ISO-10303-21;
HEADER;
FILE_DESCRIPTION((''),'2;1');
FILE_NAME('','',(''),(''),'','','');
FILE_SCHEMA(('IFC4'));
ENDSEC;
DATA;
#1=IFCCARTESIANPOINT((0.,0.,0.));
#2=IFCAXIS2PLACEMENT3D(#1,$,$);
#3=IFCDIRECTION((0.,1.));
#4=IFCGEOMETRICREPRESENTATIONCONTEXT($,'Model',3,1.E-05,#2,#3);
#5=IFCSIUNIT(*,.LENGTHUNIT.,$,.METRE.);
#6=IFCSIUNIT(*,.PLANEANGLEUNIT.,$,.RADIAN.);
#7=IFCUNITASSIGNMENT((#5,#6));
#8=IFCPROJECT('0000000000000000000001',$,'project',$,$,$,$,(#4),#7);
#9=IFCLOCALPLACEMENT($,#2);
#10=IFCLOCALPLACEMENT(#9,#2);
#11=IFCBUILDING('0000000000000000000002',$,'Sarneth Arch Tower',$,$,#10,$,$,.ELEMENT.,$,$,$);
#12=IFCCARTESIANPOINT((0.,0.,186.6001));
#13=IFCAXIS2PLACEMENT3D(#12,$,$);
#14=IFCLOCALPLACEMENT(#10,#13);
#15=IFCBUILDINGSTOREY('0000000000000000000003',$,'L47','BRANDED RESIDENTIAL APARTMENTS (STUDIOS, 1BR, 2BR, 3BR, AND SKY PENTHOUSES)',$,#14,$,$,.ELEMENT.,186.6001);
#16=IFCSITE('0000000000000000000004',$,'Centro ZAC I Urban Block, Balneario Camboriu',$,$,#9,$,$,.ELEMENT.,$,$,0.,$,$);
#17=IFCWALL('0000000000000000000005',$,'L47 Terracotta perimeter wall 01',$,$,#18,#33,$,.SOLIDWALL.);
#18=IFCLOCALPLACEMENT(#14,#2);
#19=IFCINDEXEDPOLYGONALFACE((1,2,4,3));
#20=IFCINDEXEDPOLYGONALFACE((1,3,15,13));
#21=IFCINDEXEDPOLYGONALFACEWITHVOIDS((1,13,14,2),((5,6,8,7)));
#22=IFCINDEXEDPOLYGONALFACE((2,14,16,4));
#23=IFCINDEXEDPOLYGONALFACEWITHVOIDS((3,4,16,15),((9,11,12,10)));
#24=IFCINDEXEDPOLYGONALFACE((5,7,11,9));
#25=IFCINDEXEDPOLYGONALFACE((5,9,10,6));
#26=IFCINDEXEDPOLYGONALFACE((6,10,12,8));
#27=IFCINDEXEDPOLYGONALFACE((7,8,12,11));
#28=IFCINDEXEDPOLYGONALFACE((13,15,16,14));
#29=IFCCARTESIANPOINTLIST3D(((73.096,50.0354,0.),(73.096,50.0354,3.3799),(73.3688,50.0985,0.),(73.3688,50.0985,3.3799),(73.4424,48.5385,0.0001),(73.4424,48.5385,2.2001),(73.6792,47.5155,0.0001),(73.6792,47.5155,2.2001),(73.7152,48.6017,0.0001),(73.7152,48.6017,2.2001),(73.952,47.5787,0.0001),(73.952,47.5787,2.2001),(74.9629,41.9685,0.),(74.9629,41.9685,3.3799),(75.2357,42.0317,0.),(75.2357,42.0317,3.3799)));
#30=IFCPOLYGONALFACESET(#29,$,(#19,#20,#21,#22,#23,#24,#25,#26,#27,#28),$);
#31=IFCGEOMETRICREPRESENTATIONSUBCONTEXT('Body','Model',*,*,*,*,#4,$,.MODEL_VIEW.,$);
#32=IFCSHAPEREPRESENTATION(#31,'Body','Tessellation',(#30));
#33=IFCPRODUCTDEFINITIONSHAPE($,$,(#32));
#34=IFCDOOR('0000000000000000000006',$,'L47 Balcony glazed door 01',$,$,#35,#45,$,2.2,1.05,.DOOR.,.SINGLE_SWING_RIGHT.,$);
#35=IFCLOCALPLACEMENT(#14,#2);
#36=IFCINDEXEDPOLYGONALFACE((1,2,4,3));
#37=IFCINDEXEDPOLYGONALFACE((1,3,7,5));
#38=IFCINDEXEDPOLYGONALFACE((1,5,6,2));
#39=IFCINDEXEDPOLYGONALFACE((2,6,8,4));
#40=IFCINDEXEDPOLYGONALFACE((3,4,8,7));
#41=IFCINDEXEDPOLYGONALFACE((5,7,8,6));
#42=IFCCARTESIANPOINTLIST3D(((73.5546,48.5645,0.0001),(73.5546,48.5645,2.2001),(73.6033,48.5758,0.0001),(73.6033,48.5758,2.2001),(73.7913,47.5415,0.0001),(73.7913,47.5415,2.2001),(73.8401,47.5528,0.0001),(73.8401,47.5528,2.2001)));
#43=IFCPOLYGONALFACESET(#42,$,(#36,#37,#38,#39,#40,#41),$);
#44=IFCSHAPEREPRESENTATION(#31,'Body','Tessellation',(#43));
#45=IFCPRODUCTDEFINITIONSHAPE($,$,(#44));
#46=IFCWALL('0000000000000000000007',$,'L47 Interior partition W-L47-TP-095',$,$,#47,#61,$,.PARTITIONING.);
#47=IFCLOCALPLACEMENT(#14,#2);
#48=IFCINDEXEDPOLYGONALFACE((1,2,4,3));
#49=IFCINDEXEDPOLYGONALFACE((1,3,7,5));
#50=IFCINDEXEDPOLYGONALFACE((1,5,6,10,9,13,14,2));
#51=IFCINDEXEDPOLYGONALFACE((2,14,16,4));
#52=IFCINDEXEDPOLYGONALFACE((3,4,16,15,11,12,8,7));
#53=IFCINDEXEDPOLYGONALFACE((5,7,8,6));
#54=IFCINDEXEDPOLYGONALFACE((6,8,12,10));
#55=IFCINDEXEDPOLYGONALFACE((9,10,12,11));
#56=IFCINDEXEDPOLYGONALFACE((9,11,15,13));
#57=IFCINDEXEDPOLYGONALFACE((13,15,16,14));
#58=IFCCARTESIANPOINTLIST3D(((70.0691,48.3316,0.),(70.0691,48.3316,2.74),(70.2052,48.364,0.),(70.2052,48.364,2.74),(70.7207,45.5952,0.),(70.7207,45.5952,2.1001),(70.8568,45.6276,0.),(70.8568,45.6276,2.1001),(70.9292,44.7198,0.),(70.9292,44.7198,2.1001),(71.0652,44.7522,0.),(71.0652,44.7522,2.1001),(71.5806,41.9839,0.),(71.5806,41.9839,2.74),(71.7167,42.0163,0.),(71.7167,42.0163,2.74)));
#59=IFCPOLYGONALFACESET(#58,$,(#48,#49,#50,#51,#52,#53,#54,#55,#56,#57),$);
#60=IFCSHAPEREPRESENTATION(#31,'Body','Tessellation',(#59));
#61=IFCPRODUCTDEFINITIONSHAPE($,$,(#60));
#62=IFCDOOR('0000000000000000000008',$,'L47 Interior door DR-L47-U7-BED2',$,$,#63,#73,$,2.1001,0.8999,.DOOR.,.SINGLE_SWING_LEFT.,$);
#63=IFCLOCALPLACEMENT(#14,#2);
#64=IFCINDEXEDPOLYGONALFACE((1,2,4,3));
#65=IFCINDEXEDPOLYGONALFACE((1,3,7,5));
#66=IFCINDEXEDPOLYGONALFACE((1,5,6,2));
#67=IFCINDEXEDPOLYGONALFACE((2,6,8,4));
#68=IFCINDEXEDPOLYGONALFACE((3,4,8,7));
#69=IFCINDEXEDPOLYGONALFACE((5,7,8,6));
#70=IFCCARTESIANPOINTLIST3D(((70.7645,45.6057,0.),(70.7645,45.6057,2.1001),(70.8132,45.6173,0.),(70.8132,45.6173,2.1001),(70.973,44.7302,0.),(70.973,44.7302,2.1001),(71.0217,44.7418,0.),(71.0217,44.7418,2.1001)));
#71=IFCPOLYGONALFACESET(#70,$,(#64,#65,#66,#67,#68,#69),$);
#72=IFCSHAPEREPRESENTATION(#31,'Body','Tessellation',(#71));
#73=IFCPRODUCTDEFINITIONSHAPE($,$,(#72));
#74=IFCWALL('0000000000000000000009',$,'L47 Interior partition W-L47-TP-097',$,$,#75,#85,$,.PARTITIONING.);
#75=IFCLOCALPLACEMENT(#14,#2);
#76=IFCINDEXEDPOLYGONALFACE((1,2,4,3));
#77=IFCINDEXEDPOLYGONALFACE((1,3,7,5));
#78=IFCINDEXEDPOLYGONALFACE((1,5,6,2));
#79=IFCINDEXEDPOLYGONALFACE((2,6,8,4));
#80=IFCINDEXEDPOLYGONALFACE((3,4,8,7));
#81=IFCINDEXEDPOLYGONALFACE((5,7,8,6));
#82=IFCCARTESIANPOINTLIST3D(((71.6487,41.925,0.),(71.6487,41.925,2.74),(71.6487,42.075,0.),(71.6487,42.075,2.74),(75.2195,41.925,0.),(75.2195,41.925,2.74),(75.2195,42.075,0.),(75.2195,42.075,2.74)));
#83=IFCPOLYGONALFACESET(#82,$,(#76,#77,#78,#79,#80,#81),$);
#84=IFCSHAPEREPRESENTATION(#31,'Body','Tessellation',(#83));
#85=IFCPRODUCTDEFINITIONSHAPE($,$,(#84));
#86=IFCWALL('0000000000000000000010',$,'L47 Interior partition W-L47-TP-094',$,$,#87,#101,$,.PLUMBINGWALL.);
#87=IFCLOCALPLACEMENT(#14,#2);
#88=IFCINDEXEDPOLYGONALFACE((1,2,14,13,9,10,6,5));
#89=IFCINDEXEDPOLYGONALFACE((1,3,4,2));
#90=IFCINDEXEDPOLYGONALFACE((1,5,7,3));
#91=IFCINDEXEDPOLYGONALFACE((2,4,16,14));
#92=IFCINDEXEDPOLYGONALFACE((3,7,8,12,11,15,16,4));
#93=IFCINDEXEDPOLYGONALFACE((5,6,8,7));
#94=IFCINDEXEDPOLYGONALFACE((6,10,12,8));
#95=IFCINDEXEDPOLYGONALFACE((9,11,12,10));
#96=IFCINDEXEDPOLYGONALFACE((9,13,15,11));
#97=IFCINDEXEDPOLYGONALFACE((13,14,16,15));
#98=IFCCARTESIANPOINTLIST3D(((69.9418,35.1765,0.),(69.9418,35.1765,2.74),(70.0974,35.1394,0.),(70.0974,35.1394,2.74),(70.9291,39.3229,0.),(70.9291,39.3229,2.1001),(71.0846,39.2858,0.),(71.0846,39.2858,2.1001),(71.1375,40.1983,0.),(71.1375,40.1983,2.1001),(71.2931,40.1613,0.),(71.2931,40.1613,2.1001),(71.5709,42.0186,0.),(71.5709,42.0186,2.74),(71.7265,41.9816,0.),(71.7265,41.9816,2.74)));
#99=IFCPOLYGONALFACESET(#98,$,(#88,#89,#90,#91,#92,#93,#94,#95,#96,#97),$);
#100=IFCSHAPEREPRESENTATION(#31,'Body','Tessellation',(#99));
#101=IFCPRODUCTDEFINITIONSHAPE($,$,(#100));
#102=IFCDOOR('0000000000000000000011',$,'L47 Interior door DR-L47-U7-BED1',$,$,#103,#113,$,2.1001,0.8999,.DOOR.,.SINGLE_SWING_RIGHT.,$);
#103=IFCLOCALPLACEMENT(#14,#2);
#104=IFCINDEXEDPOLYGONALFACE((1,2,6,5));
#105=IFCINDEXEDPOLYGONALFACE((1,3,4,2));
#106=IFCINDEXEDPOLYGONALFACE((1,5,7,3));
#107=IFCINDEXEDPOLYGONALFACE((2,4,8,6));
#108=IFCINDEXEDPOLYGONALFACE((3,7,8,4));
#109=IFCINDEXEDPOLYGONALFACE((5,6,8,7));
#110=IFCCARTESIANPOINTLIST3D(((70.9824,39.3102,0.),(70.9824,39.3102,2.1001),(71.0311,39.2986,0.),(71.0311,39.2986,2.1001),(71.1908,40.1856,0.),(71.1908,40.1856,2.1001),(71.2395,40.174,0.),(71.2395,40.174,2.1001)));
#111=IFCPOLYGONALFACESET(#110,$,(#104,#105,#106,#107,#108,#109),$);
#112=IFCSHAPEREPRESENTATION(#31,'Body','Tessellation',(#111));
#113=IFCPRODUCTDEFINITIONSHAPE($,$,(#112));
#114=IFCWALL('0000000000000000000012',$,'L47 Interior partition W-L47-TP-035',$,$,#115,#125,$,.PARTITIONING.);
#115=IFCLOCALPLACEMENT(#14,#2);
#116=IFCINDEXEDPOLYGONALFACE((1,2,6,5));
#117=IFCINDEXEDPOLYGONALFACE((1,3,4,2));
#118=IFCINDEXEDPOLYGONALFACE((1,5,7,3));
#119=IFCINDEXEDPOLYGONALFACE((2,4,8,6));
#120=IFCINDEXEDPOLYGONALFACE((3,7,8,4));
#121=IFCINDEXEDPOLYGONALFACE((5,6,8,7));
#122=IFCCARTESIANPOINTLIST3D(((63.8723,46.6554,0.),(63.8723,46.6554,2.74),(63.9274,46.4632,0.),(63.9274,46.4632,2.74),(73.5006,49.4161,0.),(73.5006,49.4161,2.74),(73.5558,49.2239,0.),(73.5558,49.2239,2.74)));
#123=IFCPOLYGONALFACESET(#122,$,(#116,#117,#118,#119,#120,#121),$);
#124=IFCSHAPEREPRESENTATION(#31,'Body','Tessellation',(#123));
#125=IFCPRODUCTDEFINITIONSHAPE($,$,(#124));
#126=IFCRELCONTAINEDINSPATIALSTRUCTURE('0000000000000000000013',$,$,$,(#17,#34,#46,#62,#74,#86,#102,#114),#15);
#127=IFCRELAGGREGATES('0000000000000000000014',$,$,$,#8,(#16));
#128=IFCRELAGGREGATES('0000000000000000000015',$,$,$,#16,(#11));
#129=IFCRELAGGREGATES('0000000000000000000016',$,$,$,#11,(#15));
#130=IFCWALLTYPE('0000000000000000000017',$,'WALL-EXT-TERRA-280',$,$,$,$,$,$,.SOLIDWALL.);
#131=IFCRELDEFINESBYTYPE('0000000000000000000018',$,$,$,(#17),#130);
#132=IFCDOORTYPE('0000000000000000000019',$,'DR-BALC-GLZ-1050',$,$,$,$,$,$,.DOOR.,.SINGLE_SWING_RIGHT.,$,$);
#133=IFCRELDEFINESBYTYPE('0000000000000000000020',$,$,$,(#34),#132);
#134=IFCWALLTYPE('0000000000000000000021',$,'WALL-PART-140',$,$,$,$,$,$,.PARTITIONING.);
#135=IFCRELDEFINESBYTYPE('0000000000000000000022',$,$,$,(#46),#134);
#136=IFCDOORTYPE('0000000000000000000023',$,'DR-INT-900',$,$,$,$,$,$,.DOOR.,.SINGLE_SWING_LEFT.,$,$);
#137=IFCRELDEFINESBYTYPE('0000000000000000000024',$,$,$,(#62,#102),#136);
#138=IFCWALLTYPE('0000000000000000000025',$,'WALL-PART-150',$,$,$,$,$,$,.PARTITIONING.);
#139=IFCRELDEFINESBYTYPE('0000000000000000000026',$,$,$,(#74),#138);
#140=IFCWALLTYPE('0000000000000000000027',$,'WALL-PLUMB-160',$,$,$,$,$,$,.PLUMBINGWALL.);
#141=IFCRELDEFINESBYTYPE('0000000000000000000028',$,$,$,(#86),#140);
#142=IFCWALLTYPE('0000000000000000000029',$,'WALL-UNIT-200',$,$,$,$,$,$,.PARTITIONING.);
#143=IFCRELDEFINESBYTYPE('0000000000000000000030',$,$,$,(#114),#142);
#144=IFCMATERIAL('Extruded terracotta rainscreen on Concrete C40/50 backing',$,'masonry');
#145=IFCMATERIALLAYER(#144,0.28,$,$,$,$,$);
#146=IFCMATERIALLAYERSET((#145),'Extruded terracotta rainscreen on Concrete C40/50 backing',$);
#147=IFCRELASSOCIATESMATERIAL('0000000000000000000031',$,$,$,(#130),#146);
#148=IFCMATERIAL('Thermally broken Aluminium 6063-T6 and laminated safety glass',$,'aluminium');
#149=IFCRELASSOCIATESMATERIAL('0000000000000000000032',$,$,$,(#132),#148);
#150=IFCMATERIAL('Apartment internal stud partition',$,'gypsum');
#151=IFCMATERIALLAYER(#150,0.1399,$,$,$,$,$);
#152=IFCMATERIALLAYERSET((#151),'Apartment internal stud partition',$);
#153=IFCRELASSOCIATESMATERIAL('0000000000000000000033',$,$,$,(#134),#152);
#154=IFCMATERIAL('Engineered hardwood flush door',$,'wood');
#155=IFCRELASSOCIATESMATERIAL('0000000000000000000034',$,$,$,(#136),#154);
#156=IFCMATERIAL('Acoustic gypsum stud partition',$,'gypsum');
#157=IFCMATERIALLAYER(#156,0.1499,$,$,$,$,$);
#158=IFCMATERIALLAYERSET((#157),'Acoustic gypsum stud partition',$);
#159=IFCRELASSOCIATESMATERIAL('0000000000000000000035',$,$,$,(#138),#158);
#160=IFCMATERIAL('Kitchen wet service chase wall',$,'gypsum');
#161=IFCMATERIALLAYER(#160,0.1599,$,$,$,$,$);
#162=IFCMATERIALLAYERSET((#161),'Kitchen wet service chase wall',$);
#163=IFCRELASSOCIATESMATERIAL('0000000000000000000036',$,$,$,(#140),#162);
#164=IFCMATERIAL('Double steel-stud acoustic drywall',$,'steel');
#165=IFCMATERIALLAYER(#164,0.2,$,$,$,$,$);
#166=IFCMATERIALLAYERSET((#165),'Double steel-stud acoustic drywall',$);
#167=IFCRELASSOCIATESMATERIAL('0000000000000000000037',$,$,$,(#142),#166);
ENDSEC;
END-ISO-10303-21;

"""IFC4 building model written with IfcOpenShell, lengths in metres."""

from ifc_helpers import new_model, si_unit, direction, frame, frame_2d, origin, place, context, subcontext, project, spatial, rectangle, extrude, material, layer, layer_set, type_object, element, fill, save


model = new_model("IFC4")

# Units and contexts
model_context = context("Model", 3, precision=1e-05, world=origin(), true_north=direction((0.0, 1.0)))
body_context = subcontext(model_context, "Body", "Model", "MODEL_VIEW")
ifc_project = project(units=[si_unit("LENGTHUNIT", "METRE"), si_unit("PLANEANGLEUNIT", "RADIAN")], contexts=[model_context])

# Site, building, storey
site_placement = place(None, origin())
site = spatial("IfcSite", under=ifc_project, at=site_placement, Name="Centro ZAC I Urban Block, Balneario Camboriu", CompositionType="ELEMENT", RefElevation=0.0)
building_placement = place(site_placement, origin())
building = spatial("IfcBuilding", under=site, at=building_placement, Name="Sarneth Arch Tower", CompositionType="ELEMENT")
storey_placement = place(building_placement, frame((0.0, 0.0, 186.6001)))
storey = spatial("IfcBuildingStorey", under=building, at=storey_placement, Name="L47", Description="BRANDED RESIDENTIAL APARTMENTS (STUDIOS, 1BR, 2BR, 3BR, AND SKY PENTHOUSES)", CompositionType="ELEMENT", Elevation=186.6001)

# Walls, openings, doors
ifc_material_1 = material(Name="Extruded terracotta rainscreen on Concrete C40/50 backing", Category="masonry")
ifc_layer_1 = layer(ifc_material_1, 0.28)
ifc_layer_set_1 = layer_set([ifc_layer_1], Name="Extruded terracotta rainscreen on Concrete C40/50 backing")
wall_type_1 = type_object("IfcWallType", Name="WALL-EXT-TERRA-280", PredefinedType="SOLIDWALL", material=ifc_layer_set_1)
wall_1_placement = place(storey_placement, frame((75.0994, 42.0, 0.0), z_axis=(0.0, 0.0, 1.0), x_axis=(-0.225473, 0.974249, 0.0)))
wall_1 = element("IfcWall", 1, at=wall_1_placement, inside=storey, type_object=wall_type_1, Name="L47 Terracotta perimeter wall 01", PredefinedType="SOLIDWALL", context=body_context, shape_type="SweptSolid", body=[
    extrude(rectangle(XDim=8.28, YDim=0.28, at=frame_2d((4.1401, 0.0))), origin(), (0.0, 0.0, 1.0), 3.3799),
])
opening_1_placement = place(wall_1_placement, frame((5.6938, 0.0, 0.0)))
opening_1 = element("IfcOpeningElement", 2, at=opening_1_placement, cuts=wall_1, PredefinedType="OPENING", context=body_context, shape_type="SweptSolid", body=[
    extrude(rectangle(XDim=1.05, YDim=2.2, at=frame_2d((0.5249, 1.1001))), frame((0.0, 0.1499, 0.0), z_axis=(0.0, -1.0, 0.0), x_axis=(1.0, 0.0, 0.0)), (0.0, 0.0, 1.0), 0.3),
])
ifc_material_2 = material(Name="Thermally broken Aluminium 6063-T6 and laminated safety glass", Category="aluminium")
door_type_1 = type_object("IfcDoorType", Name="DR-BALC-GLZ-1050", OperationType="SINGLE_SWING_RIGHT", PredefinedType="DOOR", material=ifc_material_2)
door_1_placement = place(opening_1_placement, origin())
door_1 = element("IfcDoor", 3, at=door_1_placement, inside=storey, type_object=door_type_1, Name="L47 Balcony glazed door 01", OperationType="SINGLE_SWING_RIGHT", OverallHeight=2.2, OverallWidth=1.05, PredefinedType="DOOR", context=body_context, shape_type="SweptSolid", body=[
    extrude(rectangle(XDim=1.05, YDim=2.2, at=frame_2d((0.5249, 1.1001))), frame((0.0, 0.0249, 0.0), z_axis=(0.0, -1.0, 0.0), x_axis=(1.0, 0.0, 0.0)), (0.0, 0.0, 1.0), 0.05),
])
fill(opening_1, door_1)
ifc_material_3 = material(Name="Apartment internal stud partition", Category="gypsum")
ifc_layer_2 = layer(ifc_material_3, 0.1399)
ifc_layer_set_2 = layer_set([ifc_layer_2], Name="Apartment internal stud partition")
wall_type_2 = type_object("IfcWallType", Name="WALL-PART-140", PredefinedType="PARTITIONING", material=ifc_layer_set_2)
wall_2_placement = place(storey_placement, frame((71.6487, 42.0, 0.0), z_axis=(0.0, 0.0, 1.0), x_axis=(-0.231639, 0.972802, 0.0)))
wall_2 = element("IfcWall", 4, at=wall_2_placement, inside=storey, type_object=wall_type_2, Name="L47 Interior partition W-L47-TP-095", PredefinedType="PARTITIONING", context=body_context, shape_type="SweptSolid", body=[
    extrude(rectangle(XDim=6.5251, YDim=0.1399, at=frame_2d((3.2627, 0.0))), origin(), (0.0, 0.0, 1.0), 2.74),
])
opening_2_placement = place(wall_2_placement, frame((2.8125, 0.0, 0.0)))
opening_2 = element("IfcOpeningElement", 5, at=opening_2_placement, cuts=wall_2, PredefinedType="OPENING", context=body_context, shape_type="SweptSolid", body=[
    extrude(rectangle(XDim=0.8999, YDim=2.1001, at=frame_2d((0.45, 1.05))), frame((0.0, 0.0798, 0.0), z_axis=(0.0, -1.0, 0.0), x_axis=(1.0, 0.0, 0.0)), (0.0, 0.0, 1.0), 0.1599),
])
ifc_material_4 = material(Name="Engineered hardwood flush door", Category="wood")
door_type_2 = type_object("IfcDoorType", Name="DR-INT-900", OperationType="SINGLE_SWING_LEFT", PredefinedType="DOOR", material=ifc_material_4)
door_2_placement = place(opening_2_placement, origin())
door_2 = element("IfcDoor", 6, at=door_2_placement, inside=storey, type_object=door_type_2, Name="L47 Interior door DR-L47-U7-BED2", OperationType="SINGLE_SWING_LEFT", OverallHeight=2.1001, OverallWidth=0.8999, PredefinedType="DOOR", context=body_context, shape_type="SweptSolid", body=[
    extrude(rectangle(XDim=0.8999, YDim=2.1001, at=frame_2d((0.45, 1.05))), frame((0.0, 0.0249, 0.0), z_axis=(0.0, -1.0, 0.0), x_axis=(1.0, 0.0, 0.0)), (0.0, 0.0, 1.0), 0.05),
])
fill(opening_2, door_2)

# Wall
ifc_material_5 = material(Name="Acoustic gypsum stud partition", Category="gypsum")
ifc_layer_3 = layer(ifc_material_5, 0.1499)
ifc_layer_set_3 = layer_set([ifc_layer_3], Name="Acoustic gypsum stud partition")
wall_type_3 = type_object("IfcWallType", Name="WALL-PART-150", PredefinedType="PARTITIONING", material=ifc_layer_set_3)
wall_3_placement = place(storey_placement, frame((75.2195, 42.0, 0.0), z_axis=(0.0, 0.0, 1.0), x_axis=(-1.0, 0.0, 0.0)))
element("IfcWall", 7, at=wall_3_placement, inside=storey, type_object=wall_type_3, Name="L47 Interior partition W-L47-TP-097", PredefinedType="PARTITIONING", context=body_context, shape_type="SweptSolid", body=[
    extrude(rectangle(XDim=3.5708, YDim=0.1499, at=frame_2d((1.7854, 0.0))), origin(), (0.0, 0.0, 1.0), 2.74),
])

# Wall, opening, door
ifc_material_6 = material(Name="Kitchen wet service chase wall", Category="gypsum")
ifc_layer_4 = layer(ifc_material_6, 0.1599)
ifc_layer_set_4 = layer_set([ifc_layer_4], Name="Kitchen wet service chase wall")
wall_type_4 = type_object("IfcWallType", Name="WALL-PLUMB-160", PredefinedType="PLUMBINGWALL", material=ifc_layer_set_4)
wall_4_placement = place(storey_placement, frame((71.6487, 42.0, 0.0), z_axis=(0.0, 0.0, 1.0), x_axis=(-0.231625, -0.972805, 0.0)))
wall_4 = element("IfcWall", 8, at=wall_4_placement, inside=storey, type_object=wall_type_4, Name="L47 Interior partition W-L47-TP-094", PredefinedType="PLUMBINGWALL", context=body_context, shape_type="SweptSolid", body=[
    extrude(rectangle(XDim=7.0334, YDim=0.1599, at=frame_2d((3.5166, 0.0))), origin(), (0.0, 0.0, 1.0), 2.74),
])
opening_3_placement = place(wall_4_placement, frame((1.8711, 0.0, 0.0)))
opening_3 = element("IfcOpeningElement", 9, at=opening_3_placement, cuts=wall_4, PredefinedType="OPENING", context=body_context, shape_type="SweptSolid", body=[
    extrude(rectangle(XDim=0.8999, YDim=2.1001, at=frame_2d((0.45, 1.05))), frame((0.0, 0.0898, 0.0), z_axis=(0.0, -1.0, 0.0), x_axis=(1.0, 0.0, 0.0)), (0.0, 0.0, 1.0), 0.1799),
])
door_3_placement = place(opening_3_placement, origin())
door_3 = element("IfcDoor", 10, at=door_3_placement, inside=storey, type_object=door_type_2, Name="L47 Interior door DR-L47-U7-BED1", OperationType="SINGLE_SWING_RIGHT", OverallHeight=2.1001, OverallWidth=0.8999, PredefinedType="DOOR", context=body_context, shape_type="SweptSolid", body=[
    extrude(rectangle(XDim=0.8999, YDim=2.1001, at=frame_2d((0.45, 1.05))), frame((0.0, 0.0249, 0.0), z_axis=(0.0, -1.0, 0.0), x_axis=(1.0, 0.0, 0.0)), (0.0, 0.0, 1.0), 0.05),
])
fill(opening_3, door_3)

# Wall
ifc_material_7 = material(Name="Double steel-stud acoustic drywall", Category="steel")
ifc_layer_5 = layer(ifc_material_7, 0.2)
ifc_layer_set_5 = layer_set([ifc_layer_5], Name="Double steel-stud acoustic drywall")
wall_type_5 = type_object("IfcWallType", Name="WALL-UNIT-200", PredefinedType="PARTITIONING", material=ifc_layer_set_5)
wall_5_placement = place(storey_placement, frame((73.5283, 49.3201, 0.0), z_axis=(0.0, 0.0, 1.0), x_axis=(-0.961266, -0.275622, 0.0)))
element("IfcWall", 11, at=wall_5_placement, inside=storey, type_object=wall_type_5, Name="L47 Interior partition W-L47-TP-035", PredefinedType="PARTITIONING", context=body_context, shape_type="SweptSolid", body=[
    extrude(rectangle(XDim=10.0164, YDim=0.2, at=frame_2d((5.0083, 0.0))), origin(), (0.0, 0.0, 1.0), 2.74),
])

save(model, "model.ifc")
